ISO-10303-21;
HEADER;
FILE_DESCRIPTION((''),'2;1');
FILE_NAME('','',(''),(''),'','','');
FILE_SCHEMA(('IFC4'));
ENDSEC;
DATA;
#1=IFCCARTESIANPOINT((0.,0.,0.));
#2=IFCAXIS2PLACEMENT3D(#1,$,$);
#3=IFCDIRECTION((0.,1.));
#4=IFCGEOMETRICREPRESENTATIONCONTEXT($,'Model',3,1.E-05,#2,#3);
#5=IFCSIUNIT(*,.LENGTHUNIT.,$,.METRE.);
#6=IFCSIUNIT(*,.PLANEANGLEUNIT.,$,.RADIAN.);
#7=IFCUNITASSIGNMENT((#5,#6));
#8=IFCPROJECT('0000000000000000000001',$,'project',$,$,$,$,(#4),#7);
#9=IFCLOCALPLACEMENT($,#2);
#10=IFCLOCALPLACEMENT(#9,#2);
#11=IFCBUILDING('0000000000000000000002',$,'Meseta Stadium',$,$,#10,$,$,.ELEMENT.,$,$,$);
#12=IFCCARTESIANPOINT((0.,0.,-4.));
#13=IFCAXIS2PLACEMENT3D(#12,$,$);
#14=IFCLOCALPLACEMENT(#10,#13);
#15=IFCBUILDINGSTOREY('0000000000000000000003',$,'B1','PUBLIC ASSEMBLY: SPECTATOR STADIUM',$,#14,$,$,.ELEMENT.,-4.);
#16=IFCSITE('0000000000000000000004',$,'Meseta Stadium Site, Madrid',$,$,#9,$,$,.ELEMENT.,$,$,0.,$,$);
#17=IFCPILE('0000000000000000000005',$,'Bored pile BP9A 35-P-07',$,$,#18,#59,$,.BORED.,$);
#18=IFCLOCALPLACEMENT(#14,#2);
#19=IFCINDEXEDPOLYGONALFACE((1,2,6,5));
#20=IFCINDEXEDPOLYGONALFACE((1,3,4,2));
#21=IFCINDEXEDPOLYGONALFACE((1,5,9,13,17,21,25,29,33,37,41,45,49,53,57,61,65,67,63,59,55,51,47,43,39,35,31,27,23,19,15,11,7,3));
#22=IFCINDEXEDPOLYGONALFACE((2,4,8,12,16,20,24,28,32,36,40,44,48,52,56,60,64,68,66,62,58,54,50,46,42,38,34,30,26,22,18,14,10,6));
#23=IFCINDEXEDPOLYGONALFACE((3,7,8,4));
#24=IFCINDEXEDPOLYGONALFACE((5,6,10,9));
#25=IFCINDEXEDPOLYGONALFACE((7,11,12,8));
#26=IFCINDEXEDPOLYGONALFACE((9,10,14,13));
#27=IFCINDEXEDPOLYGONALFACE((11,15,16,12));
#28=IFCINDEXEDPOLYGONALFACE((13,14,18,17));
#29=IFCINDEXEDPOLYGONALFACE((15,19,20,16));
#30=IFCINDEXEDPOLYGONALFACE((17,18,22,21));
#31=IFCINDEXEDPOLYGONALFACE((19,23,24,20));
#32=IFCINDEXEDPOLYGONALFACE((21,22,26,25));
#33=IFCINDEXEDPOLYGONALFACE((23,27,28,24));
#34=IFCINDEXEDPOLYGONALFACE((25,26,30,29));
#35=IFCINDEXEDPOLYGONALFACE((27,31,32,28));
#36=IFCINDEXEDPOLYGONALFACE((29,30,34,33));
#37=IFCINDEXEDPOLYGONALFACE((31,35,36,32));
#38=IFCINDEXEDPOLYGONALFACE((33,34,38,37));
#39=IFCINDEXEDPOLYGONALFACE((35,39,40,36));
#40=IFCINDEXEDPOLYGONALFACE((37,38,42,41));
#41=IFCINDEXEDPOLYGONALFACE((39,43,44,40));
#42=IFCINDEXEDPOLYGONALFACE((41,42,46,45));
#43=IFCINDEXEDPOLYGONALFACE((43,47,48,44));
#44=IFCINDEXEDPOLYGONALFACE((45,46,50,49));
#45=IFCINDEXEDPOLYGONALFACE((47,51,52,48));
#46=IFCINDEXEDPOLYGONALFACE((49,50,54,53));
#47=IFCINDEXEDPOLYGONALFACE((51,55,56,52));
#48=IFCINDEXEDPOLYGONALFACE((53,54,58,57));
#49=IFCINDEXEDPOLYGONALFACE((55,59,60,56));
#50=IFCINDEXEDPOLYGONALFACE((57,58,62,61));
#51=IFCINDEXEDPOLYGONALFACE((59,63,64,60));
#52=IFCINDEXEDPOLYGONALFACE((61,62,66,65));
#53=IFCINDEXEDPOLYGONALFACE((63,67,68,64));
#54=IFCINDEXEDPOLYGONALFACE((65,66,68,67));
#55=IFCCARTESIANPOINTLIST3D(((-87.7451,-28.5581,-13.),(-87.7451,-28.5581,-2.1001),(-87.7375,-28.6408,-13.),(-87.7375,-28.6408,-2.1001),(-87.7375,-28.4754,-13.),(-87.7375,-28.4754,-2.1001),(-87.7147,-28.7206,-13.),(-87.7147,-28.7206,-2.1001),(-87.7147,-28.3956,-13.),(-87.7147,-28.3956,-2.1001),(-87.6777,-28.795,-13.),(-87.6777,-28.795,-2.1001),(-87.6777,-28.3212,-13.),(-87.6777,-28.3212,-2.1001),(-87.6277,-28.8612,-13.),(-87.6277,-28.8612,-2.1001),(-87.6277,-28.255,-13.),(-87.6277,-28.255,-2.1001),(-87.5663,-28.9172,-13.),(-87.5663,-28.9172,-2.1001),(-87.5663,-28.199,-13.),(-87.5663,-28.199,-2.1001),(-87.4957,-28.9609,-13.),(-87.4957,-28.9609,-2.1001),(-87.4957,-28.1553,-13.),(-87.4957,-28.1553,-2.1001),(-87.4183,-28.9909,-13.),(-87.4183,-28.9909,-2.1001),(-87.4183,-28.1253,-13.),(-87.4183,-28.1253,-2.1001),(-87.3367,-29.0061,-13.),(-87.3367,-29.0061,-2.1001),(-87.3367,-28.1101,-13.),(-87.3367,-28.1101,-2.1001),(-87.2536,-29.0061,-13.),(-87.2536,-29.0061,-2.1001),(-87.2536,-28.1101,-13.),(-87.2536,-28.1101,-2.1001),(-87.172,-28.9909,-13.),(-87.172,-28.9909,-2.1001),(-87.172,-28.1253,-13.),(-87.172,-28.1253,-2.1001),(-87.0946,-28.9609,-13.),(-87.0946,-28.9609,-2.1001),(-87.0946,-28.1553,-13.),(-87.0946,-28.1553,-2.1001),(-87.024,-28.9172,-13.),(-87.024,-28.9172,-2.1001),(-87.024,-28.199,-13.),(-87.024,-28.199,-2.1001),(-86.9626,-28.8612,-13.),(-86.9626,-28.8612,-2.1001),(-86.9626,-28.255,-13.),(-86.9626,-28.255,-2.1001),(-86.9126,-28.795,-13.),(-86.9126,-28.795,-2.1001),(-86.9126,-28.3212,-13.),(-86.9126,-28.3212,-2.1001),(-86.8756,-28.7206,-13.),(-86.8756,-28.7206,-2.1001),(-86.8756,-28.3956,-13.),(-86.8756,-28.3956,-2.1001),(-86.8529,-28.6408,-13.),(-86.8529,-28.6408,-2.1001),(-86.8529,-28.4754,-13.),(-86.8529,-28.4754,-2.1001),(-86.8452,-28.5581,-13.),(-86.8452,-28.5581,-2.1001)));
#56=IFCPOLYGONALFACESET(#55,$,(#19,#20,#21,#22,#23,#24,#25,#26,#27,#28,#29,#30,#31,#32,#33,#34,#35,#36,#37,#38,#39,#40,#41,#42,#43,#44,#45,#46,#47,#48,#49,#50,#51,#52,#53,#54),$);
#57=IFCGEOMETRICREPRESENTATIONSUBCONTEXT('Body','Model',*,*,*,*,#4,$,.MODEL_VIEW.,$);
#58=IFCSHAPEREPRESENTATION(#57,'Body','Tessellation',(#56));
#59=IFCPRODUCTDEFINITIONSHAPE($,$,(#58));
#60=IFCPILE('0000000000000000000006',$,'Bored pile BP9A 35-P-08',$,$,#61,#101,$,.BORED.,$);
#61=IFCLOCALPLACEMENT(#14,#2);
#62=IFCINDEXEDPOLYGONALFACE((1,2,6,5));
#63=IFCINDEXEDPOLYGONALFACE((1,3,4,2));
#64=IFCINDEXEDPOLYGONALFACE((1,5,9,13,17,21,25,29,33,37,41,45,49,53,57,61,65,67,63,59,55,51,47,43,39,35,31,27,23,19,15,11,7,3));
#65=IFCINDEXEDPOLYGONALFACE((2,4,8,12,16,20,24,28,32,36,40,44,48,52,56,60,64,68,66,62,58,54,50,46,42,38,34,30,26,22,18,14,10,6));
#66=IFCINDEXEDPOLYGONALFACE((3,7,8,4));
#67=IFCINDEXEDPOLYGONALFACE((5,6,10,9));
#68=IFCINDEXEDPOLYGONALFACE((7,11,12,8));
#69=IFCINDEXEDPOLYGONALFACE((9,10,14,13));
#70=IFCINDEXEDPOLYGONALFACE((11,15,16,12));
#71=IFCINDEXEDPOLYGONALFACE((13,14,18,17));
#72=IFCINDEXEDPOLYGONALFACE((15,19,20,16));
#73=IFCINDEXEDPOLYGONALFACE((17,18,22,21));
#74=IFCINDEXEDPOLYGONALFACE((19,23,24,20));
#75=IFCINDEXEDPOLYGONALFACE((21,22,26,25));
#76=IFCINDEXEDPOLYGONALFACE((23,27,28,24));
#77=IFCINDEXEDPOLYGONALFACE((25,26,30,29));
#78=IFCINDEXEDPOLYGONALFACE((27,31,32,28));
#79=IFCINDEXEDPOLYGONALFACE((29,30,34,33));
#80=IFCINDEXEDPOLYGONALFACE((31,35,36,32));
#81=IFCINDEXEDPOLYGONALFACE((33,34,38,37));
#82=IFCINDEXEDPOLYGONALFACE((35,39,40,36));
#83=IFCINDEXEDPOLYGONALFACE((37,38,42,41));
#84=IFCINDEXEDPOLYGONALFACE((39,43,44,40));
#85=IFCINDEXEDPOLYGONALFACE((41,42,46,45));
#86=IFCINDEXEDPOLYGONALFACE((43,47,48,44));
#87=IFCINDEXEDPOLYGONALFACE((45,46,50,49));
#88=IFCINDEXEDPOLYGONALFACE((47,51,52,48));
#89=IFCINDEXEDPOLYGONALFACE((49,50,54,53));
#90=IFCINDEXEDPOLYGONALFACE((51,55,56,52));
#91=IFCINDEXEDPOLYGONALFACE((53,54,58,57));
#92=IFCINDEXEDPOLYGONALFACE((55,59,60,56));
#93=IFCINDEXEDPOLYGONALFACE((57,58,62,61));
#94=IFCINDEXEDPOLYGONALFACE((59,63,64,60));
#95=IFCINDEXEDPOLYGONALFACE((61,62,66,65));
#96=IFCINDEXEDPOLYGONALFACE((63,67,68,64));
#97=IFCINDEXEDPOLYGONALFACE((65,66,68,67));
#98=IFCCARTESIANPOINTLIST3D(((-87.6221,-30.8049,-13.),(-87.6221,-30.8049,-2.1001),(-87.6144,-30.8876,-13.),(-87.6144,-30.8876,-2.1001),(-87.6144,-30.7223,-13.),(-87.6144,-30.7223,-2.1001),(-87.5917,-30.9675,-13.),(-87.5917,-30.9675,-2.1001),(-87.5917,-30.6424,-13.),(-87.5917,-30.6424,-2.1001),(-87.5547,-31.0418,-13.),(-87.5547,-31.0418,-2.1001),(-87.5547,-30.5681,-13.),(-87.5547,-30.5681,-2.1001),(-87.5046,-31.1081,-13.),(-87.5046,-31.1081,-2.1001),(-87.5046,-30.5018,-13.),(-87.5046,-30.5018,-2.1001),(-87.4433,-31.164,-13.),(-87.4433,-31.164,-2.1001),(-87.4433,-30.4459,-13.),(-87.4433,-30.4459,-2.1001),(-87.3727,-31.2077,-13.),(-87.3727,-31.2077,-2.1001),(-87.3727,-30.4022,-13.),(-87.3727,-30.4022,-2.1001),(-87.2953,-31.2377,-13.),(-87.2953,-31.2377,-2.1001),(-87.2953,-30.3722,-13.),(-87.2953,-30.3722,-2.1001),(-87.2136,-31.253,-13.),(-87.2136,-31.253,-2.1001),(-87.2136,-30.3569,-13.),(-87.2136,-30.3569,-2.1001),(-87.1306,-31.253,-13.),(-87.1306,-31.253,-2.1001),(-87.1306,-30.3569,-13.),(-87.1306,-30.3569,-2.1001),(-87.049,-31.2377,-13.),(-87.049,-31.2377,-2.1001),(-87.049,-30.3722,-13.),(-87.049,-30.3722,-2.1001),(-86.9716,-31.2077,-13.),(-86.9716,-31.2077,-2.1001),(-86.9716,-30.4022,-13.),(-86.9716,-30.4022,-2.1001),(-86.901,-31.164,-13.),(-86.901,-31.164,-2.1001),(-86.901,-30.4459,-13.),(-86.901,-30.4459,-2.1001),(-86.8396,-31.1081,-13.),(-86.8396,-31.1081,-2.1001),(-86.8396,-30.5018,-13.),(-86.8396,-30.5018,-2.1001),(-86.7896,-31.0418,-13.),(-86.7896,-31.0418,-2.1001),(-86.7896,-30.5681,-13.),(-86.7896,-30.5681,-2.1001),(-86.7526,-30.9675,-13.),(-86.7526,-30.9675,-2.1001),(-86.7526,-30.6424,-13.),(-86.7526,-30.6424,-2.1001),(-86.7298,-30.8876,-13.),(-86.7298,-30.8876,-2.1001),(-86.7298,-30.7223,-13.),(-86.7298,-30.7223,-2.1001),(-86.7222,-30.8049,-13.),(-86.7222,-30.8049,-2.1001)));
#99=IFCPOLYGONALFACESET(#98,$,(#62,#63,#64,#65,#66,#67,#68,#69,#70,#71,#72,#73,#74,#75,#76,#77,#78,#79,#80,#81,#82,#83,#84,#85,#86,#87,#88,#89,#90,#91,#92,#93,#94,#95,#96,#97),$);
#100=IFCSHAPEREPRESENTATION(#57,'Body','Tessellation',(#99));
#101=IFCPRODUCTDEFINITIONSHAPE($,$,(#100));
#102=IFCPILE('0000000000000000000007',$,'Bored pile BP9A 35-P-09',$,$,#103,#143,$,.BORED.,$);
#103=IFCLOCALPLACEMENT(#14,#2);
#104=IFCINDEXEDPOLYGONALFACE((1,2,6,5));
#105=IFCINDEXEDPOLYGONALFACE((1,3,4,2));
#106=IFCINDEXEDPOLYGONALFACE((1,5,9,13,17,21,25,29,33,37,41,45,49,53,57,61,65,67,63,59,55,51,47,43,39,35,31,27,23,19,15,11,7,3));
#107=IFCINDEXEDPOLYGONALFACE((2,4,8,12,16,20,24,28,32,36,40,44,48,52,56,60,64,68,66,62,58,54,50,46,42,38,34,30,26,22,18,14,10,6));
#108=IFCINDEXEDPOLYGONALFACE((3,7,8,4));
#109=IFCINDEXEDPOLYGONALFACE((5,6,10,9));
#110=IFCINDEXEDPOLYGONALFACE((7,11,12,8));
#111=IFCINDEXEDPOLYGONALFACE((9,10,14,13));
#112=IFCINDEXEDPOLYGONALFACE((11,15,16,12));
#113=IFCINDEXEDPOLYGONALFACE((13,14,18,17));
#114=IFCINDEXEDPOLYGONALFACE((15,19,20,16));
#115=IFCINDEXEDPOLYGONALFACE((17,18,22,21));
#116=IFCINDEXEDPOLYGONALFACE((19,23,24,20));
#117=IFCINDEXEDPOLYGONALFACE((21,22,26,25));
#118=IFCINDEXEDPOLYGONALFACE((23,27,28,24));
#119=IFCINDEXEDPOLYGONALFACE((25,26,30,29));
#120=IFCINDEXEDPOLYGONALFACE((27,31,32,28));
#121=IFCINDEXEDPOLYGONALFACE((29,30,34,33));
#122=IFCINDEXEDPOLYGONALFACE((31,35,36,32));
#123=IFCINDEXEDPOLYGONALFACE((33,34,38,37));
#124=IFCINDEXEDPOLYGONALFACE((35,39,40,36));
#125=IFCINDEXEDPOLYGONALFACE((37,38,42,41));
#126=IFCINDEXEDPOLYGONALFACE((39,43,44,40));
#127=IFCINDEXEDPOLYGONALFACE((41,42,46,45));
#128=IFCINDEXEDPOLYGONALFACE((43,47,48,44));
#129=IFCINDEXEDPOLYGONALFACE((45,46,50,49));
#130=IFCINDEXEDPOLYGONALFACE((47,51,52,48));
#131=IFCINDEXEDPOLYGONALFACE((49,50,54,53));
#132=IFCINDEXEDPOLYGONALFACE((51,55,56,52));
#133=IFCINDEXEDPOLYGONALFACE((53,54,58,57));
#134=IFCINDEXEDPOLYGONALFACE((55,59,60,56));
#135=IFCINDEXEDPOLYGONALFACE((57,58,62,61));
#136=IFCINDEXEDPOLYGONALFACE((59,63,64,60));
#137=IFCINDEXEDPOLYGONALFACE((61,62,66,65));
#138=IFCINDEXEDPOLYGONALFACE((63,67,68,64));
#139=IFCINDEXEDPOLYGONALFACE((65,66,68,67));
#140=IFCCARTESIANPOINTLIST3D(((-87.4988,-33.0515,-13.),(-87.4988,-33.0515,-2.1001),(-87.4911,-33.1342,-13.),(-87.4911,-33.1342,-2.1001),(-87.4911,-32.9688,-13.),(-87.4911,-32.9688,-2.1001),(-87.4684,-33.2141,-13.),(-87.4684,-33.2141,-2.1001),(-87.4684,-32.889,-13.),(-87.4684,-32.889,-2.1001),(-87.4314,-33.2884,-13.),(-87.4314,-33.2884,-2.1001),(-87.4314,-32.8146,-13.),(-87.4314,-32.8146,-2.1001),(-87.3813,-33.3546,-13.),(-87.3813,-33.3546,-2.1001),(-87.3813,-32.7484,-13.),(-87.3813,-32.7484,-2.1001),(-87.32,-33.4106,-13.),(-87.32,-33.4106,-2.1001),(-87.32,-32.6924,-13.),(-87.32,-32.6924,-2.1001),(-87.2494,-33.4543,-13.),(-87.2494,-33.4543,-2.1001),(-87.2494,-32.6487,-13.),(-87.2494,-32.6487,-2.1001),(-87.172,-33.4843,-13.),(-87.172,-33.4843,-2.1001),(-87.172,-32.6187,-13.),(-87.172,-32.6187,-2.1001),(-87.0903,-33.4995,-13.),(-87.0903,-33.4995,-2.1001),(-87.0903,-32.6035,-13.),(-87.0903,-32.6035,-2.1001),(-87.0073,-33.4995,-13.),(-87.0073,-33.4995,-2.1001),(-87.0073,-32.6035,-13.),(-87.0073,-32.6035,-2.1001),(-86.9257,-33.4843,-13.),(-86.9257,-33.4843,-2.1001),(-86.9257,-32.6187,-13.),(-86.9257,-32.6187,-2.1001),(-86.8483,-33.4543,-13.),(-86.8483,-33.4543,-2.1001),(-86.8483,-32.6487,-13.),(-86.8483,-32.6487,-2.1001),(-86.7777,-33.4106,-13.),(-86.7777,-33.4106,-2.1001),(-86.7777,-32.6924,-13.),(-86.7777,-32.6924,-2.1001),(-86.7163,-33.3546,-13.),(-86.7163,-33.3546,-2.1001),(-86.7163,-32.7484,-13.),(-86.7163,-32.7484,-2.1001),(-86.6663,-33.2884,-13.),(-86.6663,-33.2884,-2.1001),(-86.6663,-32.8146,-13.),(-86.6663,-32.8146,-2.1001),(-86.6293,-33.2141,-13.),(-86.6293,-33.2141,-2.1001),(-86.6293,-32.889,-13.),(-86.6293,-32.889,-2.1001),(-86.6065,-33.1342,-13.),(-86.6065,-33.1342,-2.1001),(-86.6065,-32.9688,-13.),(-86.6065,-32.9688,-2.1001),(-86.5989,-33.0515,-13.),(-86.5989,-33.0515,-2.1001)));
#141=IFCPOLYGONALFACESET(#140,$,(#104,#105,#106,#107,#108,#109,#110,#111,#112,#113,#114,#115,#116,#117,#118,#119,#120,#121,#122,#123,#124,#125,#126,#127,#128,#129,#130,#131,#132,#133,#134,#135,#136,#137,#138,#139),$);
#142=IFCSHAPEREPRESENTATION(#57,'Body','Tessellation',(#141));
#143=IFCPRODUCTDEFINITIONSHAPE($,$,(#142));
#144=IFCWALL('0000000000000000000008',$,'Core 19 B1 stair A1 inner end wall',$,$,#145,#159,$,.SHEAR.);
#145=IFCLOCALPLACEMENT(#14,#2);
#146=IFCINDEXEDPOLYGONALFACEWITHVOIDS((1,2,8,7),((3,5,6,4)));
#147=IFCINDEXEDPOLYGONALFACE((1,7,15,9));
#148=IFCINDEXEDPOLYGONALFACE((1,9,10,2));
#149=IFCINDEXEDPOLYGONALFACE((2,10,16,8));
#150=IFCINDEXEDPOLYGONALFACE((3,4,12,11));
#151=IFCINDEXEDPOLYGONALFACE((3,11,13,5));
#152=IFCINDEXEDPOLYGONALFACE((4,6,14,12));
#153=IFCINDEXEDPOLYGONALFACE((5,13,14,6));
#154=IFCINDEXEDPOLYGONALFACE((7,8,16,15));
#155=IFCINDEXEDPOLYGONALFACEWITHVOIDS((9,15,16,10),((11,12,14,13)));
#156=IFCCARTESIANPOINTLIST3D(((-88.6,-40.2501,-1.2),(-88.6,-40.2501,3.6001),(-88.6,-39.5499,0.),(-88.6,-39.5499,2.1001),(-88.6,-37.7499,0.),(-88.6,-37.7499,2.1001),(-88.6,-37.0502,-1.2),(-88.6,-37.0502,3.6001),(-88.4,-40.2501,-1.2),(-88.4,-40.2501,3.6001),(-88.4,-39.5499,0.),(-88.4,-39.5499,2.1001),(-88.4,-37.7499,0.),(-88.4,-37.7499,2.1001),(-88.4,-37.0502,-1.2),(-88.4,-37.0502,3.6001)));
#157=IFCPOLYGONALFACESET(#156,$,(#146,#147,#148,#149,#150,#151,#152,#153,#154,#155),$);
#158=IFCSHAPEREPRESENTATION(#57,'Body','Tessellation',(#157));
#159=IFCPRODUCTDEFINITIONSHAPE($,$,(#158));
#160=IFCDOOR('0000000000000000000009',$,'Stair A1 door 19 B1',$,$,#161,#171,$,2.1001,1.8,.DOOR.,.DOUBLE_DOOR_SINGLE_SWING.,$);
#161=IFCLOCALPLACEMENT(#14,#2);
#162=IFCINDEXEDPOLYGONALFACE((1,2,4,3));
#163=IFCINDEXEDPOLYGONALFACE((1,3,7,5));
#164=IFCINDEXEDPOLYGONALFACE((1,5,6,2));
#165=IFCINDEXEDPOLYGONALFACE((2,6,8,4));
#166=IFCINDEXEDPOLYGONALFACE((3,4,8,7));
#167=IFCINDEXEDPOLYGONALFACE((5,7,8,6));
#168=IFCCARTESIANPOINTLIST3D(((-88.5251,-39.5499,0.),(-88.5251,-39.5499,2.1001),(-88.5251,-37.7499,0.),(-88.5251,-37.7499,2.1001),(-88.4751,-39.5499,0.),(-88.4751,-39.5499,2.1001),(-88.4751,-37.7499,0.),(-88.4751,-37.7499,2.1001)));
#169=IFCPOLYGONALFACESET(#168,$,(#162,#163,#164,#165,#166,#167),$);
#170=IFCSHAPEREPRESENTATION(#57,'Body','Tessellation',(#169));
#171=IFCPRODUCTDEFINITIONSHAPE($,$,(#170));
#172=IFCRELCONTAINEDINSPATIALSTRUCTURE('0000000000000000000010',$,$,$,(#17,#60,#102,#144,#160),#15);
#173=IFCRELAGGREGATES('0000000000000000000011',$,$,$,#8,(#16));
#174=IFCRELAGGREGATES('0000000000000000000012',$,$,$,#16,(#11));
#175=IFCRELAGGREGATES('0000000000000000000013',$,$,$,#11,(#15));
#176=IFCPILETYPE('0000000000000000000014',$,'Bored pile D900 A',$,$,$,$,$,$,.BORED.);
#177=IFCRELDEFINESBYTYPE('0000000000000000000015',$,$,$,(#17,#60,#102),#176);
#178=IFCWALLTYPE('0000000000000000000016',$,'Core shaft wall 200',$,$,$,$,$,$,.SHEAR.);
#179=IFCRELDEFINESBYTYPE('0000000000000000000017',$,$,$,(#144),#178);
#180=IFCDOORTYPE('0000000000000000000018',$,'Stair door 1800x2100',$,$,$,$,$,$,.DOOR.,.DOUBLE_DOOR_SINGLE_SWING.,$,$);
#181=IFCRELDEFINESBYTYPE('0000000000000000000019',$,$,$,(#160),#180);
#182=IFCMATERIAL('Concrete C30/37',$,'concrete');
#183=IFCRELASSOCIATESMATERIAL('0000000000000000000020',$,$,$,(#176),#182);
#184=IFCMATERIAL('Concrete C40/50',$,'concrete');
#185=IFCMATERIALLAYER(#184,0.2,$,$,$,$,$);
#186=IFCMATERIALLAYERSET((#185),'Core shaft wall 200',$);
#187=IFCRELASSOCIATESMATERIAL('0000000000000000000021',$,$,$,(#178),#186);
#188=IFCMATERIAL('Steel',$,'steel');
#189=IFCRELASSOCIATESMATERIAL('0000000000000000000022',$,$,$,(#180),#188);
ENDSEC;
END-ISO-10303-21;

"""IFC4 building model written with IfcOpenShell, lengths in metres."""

from ifc_helpers import new_model, si_unit, direction, frame, frame_2d, origin, origin_2d, place, context, subcontext, project, spatial, rectangle, circle, extrude, material, layer, layer_set, material_profile, profile_set, type_object, element, fill, save


model = new_model("IFC4")

# Units and contexts
model_context = context("Model", 3, precision=1e-05, world=origin(), true_north=direction((0.0, 1.0)))
body_context = subcontext(model_context, "Body", "Model", "MODEL_VIEW")
ifc_project = project(units=[si_unit("LENGTHUNIT", "METRE"), si_unit("PLANEANGLEUNIT", "RADIAN")], contexts=[model_context])

# Site, building, storey
site_placement = place(None, origin())
site = spatial("IfcSite", under=ifc_project, at=site_placement, Name="Meseta Stadium Site, Madrid", CompositionType="ELEMENT", RefElevation=0.0)
building_placement = place(site_placement, origin())
building = spatial("IfcBuilding", under=site, at=building_placement, Name="Meseta Stadium", CompositionType="ELEMENT")
storey_placement = place(building_placement, frame((0.0, 0.0, -4.0)))
storey = spatial("IfcBuildingStorey", under=building, at=storey_placement, Name="B1", Description="PUBLIC ASSEMBLY: SPECTATOR STADIUM", CompositionType="ELEMENT", Elevation=-4.0)

# Piles
ifc_material_1 = material(Name="Concrete C30/37", Category="concrete")
ifc_material_profile = material_profile(ifc_material_1, circle(Radius=0.45, at=origin_2d()), Name="D900")
ifc_profile_set = profile_set([ifc_material_profile], Name="Concrete C30/37")
pile_type = type_object("IfcPileType", Name="Bored pile D900 A", PredefinedType="BORED", material=ifc_profile_set)
for number, where, z_axis, x_axis, name in (
    (1, (-87.2952, -28.5581, -2.1001), (0.0, 0.0, -1.0), (1.0, 0.0, 0.0), "Bored pile BP9A 35-P-07"),
    (2, (-87.1721, -30.8049, -2.1001), (0.0, 0.0, -1.0), (1.0, 0.0, 0.0), "Bored pile BP9A 35-P-08"),
    (3, (-87.0488, -33.0515, -2.1001), (0.0, 0.0, -1.0), (1.0, 0.0, 0.0), "Bored pile BP9A 35-P-09"),
):
    element("IfcPile", number, at=place(storey_placement, frame(where, z_axis=z_axis, x_axis=x_axis)), inside=storey, type_object=pile_type, Name=name, PredefinedType="BORED", context=body_context, shape_type="SweptSolid", body=[
        extrude(circle(Radius=0.45, at=origin_2d()), origin(), (0.0, 0.0, 1.0), 10.8999),
    ])

# Wall, opening, door
ifc_material_2 = material(Name="Concrete C40/50", Category="concrete")
ifc_layer_1 = layer(ifc_material_2, 0.2)
ifc_layer_set_1 = layer_set([ifc_layer_1], Name="Core shaft wall 200")
wall_type_1 = type_object("IfcWallType", Name="Core shaft wall 200", PredefinedType="SHEAR", material=ifc_layer_set_1)
wall_1_placement = place(storey_placement, frame((-88.5, -37.05, -1.2), z_axis=(0.0, 0.0, 1.0), x_axis=(0.0, -1.0, 0.0)))
wall_1 = element("IfcWall", 4, at=wall_1_placement, inside=storey, type_object=wall_type_1, Name="Core 19 B1 stair A1 inner end wall", PredefinedType="SHEAR", context=body_context, shape_type="SweptSolid", body=[
    extrude(rectangle(XDim=3.2, YDim=0.2, at=frame_2d((1.6001, 0.0))), origin(), (0.0, 0.0, 1.0), 4.8),
])
opening_1_placement = place(wall_1_placement, frame((0.7, 0.0, 1.2)))
opening_1 = element("IfcOpeningElement", 5, at=opening_1_placement, cuts=wall_1, PredefinedType="OPENING", context=body_context, shape_type="SweptSolid", body=[
    extrude(rectangle(XDim=1.8, YDim=2.1001, at=frame_2d((0.8999, 1.05))), frame((0.0, 0.1099, 0.0), z_axis=(0.0, -1.0, 0.0), x_axis=(1.0, 0.0, 0.0)), (0.0, 0.0, 1.0), 0.22),
])
ifc_material_3 = material(Name="Steel", Category="steel")
door_type = type_object("IfcDoorType", Name="Stair door 1800x2100", OperationType="DOUBLE_DOOR_SINGLE_SWING", PredefinedType="DOOR", material=ifc_material_3)
door_1_placement = place(opening_1_placement, origin())
door_1 = element("IfcDoor", 6, at=door_1_placement, inside=storey, type_object=door_type, Name="Stair A1 door 19 B1", OperationType="DOUBLE_DOOR_SINGLE_SWING", OverallHeight=2.1001, OverallWidth=1.8, PredefinedType="DOOR", context=body_context, shape_type="SweptSolid", body=[
    extrude(rectangle(XDim=1.8, YDim=2.1001, at=frame_2d((0.8999, 1.05))), frame((0.0, 0.0249, 0.0), z_axis=(0.0, -1.0, 0.0), x_axis=(1.0, 0.0, 0.0)), (0.0, 0.0, 1.0), 0.05),
])
fill(opening_1, door_1)

save(model, "model.ifc")
